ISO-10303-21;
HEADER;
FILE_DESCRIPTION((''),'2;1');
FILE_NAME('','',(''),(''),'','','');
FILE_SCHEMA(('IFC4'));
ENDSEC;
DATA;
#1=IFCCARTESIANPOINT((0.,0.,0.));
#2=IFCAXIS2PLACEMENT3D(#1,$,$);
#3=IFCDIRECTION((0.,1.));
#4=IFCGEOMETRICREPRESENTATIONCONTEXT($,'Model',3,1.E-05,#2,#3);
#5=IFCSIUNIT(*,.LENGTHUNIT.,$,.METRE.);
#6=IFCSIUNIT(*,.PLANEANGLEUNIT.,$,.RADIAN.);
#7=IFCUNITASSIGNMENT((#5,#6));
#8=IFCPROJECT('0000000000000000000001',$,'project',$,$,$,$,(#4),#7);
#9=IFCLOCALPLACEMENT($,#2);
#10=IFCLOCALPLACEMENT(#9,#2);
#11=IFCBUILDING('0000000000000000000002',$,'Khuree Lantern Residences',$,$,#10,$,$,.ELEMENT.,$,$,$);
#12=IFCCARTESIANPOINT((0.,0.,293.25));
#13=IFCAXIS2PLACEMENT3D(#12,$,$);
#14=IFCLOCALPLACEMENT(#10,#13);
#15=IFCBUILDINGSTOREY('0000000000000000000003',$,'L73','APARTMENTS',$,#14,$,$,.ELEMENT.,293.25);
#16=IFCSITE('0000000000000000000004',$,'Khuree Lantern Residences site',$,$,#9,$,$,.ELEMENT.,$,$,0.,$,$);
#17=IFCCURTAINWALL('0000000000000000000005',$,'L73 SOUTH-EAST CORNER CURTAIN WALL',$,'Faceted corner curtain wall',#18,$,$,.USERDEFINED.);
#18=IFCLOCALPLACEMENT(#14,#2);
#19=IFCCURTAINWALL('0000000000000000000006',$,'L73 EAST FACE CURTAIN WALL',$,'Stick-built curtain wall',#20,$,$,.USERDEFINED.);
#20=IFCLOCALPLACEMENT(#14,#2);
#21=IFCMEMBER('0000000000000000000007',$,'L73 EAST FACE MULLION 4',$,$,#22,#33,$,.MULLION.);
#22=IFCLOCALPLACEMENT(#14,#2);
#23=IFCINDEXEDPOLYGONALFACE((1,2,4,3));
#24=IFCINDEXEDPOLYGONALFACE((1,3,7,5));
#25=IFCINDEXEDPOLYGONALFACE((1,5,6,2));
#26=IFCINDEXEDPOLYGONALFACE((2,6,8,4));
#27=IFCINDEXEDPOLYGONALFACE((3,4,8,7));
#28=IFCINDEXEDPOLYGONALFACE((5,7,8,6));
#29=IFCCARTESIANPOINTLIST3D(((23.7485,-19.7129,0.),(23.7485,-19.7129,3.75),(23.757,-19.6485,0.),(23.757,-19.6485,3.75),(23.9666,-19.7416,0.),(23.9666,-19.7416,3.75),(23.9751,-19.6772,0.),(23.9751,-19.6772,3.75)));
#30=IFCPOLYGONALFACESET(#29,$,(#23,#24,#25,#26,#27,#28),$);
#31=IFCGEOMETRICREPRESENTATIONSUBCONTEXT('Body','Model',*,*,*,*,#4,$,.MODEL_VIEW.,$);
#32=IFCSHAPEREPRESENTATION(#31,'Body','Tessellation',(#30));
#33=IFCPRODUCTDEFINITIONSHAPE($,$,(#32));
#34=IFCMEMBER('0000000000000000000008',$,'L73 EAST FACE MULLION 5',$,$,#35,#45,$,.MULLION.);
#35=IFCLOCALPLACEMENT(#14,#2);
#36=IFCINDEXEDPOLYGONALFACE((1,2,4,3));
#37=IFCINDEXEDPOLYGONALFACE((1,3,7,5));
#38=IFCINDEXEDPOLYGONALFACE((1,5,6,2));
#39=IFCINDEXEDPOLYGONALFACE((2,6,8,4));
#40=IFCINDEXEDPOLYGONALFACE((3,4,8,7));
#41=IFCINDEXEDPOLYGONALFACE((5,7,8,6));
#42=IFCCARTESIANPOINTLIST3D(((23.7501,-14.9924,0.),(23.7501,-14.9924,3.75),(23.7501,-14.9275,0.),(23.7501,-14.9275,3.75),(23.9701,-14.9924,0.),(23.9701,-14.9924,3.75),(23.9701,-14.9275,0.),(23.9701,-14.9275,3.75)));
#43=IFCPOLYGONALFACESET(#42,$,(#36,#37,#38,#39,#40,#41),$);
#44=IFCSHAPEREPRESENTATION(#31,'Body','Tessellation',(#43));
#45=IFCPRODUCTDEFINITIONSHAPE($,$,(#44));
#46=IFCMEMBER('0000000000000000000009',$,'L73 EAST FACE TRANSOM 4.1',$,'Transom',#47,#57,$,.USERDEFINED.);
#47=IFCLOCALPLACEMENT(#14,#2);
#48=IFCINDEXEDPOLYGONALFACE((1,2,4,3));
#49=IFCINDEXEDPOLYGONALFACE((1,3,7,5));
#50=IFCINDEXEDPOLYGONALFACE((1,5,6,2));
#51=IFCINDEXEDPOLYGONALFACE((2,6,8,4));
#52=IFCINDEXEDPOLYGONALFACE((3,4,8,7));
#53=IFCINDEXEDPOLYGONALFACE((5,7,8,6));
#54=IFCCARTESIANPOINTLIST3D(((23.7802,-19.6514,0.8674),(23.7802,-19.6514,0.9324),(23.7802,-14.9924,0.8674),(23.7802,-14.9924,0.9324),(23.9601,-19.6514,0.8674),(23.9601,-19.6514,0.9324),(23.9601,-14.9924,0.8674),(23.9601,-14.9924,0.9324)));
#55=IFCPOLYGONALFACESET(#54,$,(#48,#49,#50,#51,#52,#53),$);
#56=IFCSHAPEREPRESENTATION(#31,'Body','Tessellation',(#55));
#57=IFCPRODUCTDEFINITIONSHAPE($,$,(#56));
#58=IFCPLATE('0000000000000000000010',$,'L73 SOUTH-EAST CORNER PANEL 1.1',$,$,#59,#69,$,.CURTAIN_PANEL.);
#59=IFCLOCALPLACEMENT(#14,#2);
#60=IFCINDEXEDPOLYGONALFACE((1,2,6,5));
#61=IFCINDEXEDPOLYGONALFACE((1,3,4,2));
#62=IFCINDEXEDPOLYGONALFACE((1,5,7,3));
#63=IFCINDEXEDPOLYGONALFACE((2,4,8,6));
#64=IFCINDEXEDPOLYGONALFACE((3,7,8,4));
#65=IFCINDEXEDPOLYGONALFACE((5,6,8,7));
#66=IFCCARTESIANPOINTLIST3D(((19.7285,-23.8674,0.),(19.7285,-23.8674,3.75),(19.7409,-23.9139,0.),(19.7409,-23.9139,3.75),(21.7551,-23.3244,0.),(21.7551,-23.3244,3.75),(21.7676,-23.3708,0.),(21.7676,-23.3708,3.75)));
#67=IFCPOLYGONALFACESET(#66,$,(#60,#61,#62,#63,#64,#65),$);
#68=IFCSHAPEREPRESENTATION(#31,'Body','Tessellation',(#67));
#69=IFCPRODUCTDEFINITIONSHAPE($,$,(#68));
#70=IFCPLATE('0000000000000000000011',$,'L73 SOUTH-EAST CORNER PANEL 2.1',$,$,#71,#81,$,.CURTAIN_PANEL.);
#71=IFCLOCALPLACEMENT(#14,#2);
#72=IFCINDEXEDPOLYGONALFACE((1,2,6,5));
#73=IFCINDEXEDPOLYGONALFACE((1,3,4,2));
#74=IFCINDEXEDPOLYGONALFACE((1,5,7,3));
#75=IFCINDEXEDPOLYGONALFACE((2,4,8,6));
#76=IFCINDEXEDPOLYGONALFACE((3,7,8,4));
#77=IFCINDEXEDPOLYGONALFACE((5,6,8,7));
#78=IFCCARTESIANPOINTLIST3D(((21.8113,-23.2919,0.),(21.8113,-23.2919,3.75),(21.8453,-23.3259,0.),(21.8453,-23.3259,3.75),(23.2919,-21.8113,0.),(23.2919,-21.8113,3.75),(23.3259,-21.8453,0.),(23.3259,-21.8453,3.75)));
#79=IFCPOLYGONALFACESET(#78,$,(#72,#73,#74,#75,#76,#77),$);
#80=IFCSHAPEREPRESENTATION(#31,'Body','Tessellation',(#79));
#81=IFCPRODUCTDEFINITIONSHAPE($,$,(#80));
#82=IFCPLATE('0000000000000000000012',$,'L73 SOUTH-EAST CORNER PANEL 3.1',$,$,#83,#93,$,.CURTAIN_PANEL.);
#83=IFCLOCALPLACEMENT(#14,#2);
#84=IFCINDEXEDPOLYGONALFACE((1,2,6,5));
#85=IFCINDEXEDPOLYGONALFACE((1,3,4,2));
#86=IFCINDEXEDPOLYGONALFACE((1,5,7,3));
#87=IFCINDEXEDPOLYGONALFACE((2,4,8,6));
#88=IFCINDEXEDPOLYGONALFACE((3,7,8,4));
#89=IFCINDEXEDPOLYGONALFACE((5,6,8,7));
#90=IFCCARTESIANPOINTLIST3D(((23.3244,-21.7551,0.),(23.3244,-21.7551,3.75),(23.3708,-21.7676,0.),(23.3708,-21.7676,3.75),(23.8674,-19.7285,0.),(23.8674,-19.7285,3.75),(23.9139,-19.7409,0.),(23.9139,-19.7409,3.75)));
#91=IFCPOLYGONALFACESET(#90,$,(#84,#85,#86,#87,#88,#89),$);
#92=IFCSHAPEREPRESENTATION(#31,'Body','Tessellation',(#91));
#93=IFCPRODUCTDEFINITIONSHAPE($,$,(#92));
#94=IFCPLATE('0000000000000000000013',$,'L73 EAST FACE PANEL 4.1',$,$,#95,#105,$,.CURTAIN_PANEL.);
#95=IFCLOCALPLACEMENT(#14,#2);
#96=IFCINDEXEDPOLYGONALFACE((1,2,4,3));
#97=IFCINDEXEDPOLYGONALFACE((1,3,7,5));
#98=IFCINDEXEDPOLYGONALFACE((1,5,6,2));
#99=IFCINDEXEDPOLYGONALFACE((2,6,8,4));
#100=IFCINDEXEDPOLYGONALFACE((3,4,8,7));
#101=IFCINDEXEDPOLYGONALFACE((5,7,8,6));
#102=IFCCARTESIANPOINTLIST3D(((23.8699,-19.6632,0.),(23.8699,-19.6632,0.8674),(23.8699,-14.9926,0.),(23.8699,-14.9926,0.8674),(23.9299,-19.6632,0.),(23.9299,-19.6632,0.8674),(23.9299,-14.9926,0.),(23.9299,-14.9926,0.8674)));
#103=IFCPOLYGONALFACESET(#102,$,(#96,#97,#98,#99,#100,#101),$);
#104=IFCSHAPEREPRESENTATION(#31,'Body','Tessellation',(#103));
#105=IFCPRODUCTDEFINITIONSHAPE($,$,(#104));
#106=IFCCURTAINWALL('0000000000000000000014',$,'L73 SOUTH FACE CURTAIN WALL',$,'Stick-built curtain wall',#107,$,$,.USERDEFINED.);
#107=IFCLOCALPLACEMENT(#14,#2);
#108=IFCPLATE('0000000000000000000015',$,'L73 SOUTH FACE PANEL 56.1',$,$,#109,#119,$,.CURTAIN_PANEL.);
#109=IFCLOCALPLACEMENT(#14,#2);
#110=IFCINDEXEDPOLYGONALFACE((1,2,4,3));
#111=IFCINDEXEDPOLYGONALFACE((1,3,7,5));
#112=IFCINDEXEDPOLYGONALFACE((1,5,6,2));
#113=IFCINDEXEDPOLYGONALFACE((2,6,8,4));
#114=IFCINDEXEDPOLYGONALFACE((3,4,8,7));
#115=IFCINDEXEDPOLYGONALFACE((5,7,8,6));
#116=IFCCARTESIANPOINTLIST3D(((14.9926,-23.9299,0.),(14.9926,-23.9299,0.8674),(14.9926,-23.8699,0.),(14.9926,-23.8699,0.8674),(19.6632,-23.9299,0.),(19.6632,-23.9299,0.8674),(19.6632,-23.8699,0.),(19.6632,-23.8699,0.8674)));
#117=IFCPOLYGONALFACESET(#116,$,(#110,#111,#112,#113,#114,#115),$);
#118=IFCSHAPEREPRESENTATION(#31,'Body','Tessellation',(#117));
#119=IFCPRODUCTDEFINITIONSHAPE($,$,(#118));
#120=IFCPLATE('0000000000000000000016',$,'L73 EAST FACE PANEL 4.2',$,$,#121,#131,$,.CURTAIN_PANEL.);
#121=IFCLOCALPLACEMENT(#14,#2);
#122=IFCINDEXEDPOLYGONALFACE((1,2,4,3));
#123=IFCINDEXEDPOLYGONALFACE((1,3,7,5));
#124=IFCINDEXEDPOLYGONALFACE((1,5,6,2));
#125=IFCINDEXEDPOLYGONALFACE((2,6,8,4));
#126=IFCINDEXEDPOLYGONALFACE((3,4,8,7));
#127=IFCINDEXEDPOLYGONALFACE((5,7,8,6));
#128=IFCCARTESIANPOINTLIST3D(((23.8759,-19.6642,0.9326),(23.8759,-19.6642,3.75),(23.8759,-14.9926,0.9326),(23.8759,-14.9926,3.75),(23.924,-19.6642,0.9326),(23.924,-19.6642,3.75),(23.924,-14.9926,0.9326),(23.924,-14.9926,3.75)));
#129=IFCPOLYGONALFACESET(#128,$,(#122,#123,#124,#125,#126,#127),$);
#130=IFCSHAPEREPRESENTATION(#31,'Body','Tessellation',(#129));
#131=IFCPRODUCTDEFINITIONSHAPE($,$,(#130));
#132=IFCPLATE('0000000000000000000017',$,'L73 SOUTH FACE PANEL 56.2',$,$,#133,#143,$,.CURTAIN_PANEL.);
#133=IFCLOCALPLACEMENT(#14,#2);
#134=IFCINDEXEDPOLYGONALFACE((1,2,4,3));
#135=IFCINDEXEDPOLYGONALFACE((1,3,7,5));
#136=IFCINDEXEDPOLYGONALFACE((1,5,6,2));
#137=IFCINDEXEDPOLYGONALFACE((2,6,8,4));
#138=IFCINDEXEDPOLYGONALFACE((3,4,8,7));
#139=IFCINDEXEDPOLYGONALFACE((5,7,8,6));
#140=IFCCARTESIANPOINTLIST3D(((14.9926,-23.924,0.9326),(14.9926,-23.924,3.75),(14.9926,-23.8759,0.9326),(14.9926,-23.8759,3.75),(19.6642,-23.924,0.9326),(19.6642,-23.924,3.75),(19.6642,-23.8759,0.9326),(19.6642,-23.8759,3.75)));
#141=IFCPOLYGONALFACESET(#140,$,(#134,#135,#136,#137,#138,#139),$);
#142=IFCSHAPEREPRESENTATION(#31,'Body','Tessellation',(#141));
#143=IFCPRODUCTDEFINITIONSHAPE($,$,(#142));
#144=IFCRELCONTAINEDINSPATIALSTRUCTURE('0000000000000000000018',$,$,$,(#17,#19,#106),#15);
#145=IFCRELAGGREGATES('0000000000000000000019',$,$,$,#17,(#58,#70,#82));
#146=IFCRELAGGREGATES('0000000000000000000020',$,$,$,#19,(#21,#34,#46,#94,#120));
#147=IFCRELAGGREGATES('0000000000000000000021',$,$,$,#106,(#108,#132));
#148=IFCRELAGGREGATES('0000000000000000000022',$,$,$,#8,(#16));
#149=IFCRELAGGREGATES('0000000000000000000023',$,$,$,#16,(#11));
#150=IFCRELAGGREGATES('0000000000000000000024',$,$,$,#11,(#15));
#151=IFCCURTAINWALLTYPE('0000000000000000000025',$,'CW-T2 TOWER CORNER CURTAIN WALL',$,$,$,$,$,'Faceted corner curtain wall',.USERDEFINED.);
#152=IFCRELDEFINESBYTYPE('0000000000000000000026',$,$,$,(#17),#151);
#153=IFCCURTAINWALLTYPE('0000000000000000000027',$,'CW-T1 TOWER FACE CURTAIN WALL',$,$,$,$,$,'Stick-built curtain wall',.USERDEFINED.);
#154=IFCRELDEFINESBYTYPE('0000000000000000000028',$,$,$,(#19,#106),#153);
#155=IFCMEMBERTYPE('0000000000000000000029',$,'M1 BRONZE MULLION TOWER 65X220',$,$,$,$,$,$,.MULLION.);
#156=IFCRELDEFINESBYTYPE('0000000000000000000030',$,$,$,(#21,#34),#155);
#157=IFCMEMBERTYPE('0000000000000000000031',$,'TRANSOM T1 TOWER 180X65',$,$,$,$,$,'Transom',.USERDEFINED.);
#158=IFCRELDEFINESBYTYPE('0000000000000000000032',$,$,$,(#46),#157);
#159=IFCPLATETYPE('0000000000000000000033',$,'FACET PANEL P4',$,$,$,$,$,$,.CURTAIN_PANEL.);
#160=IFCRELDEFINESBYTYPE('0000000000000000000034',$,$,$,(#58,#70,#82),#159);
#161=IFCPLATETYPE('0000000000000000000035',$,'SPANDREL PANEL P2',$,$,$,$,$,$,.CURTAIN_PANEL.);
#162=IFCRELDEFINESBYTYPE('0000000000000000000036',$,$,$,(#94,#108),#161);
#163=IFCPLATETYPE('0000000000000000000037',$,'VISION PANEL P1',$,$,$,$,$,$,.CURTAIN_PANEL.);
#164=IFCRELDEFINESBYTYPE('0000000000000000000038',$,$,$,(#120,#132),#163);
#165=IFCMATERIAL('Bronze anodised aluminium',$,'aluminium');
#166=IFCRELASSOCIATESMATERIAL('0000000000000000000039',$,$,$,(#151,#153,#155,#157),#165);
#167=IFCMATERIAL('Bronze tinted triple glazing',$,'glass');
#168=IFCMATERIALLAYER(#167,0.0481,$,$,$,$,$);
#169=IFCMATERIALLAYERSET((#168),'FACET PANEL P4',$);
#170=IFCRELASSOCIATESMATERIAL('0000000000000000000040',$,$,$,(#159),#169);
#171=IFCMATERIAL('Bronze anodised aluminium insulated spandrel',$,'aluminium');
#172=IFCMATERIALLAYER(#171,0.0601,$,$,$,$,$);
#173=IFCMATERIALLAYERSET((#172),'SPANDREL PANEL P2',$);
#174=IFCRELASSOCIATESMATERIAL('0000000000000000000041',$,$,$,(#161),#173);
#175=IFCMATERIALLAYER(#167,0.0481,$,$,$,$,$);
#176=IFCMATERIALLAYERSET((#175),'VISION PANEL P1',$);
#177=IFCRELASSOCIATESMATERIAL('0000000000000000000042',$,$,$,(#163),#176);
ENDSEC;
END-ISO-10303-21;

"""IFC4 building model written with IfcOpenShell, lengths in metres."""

from ifc_helpers import new_model, si_unit, direction, frame, origin, origin_2d, place, context, subcontext, project, spatial, rectangle, extrude, material, layer, layer_set, material_profile, profile_set, type_object, element, aggregate, save


model = new_model("IFC4")

# Units and contexts
model_context = context("Model", 3, precision=1e-05, world=origin(), true_north=direction((0.0, 1.0)))
body_context = subcontext(model_context, "Body", "Model", "MODEL_VIEW")
ifc_project = project(units=[si_unit("LENGTHUNIT", "METRE"), si_unit("PLANEANGLEUNIT", "RADIAN")], contexts=[model_context])

# Site, building, storey
site_placement = place(None, origin())
site = spatial("IfcSite", under=ifc_project, at=site_placement, Name="Khuree Lantern Residences site", CompositionType="ELEMENT", RefElevation=0.0)
building_placement = place(site_placement, origin())
building = spatial("IfcBuilding", under=site, at=building_placement, Name="Khuree Lantern Residences", CompositionType="ELEMENT")
storey_placement = place(building_placement, frame((0.0, 0.0, 293.25)))
storey = spatial("IfcBuildingStorey", under=building, at=storey_placement, Name="L73", Description="APARTMENTS", CompositionType="ELEMENT", Elevation=293.25)

# Curtain wall
ifc_material_1 = material(Name="Bronze anodised aluminium", Category="aluminium")
curtain_wall_type_1 = type_object("IfcCurtainWallType", Name="CW-T2 TOWER CORNER CURTAIN WALL", ElementType="Faceted corner curtain wall", PredefinedType="USERDEFINED", material=ifc_material_1)
curtain_wall_1_placement = place(storey_placement, origin())
curtain_wall_1 = element("IfcCurtainWall", 1, at=curtain_wall_1_placement, inside=storey, type_object=curtain_wall_type_1, Name="L73 SOUTH-EAST CORNER CURTAIN WALL", ObjectType="Faceted corner curtain wall", PredefinedType="USERDEFINED")

# Shared definitions
ifc_material_profile_1 = material_profile(ifc_material_1, rectangle(XDim=0.0649, YDim=0.22, at=origin_2d()), Name="M1 65X220")
ifc_profile_set_1 = profile_set([ifc_material_profile_1], Name="Bronze anodised aluminium")
member_type_1 = type_object("IfcMemberType", Name="M1 BRONZE MULLION TOWER 65X220", PredefinedType="MULLION", material=ifc_profile_set_1)

# Curtain wall, members
curtain_wall_type_2 = type_object("IfcCurtainWallType", Name="CW-T1 TOWER FACE CURTAIN WALL", ElementType="Stick-built curtain wall", PredefinedType="USERDEFINED", material=ifc_material_1)
curtain_wall_2_placement = place(storey_placement, origin())
curtain_wall_2 = element("IfcCurtainWall", 2, at=curtain_wall_2_placement, inside=storey, type_object=curtain_wall_type_2, Name="L73 EAST FACE CURTAIN WALL", ObjectType="Stick-built curtain wall", PredefinedType="USERDEFINED")
member_1_placement = place(storey_placement, frame((23.8618, -19.6951, 0.0), z_axis=(0.0, 0.0, 1.0), x_axis=(0.130526, 0.991445, 0.0)))
member_1 = element("IfcMember", 3, at=member_1_placement, type_object=member_type_1, Name="L73 EAST FACE MULLION 4", PredefinedType="MULLION", context=body_context, shape_type="SweptSolid", body=[
    extrude(rectangle(XDim=0.0649, YDim=0.22, at=origin_2d()), origin(), (0.0, 0.0, 1.0), 3.75),
])
member_2_placement = place(storey_placement, frame((23.8601, -14.96, 0.0), z_axis=(0.0, 0.0, 1.0), x_axis=(0.0, 1.0, 0.0)))
member_2 = element("IfcMember", 4, at=member_2_placement, type_object=member_type_1, Name="L73 EAST FACE MULLION 5", PredefinedType="MULLION", context=body_context, shape_type="SweptSolid", body=[
    extrude(rectangle(XDim=0.0649, YDim=0.22, at=origin_2d()), origin(), (0.0, 0.0, 1.0), 3.75),
])
ifc_material_profile_2 = material_profile(ifc_material_1, rectangle(XDim=0.1799, YDim=0.0649, at=origin_2d()), Name="T1 180X65")
ifc_profile_set_2 = profile_set([ifc_material_profile_2], Name="Bronze anodised aluminium")
member_type_2 = type_object("IfcMemberType", Name="TRANSOM T1 TOWER 180X65", ElementType="Transom", PredefinedType="USERDEFINED", material=ifc_profile_set_2)
member_3_placement = place(storey_placement, frame((23.8701, -19.6514, 0.8999), z_axis=(0.0, 1.0, 0.0), x_axis=(-1.0, 0.0, 0.0)))
member_3 = element("IfcMember", 5, at=member_3_placement, type_object=member_type_2, Name="L73 EAST FACE TRANSOM 4.1", ObjectType="Transom", PredefinedType="USERDEFINED", context=body_context, shape_type="SweptSolid", body=[
    extrude(rectangle(XDim=0.1799, YDim=0.0649, at=origin_2d()), origin(), (0.0, 0.0, 1.0), 4.6589),
])

# Plates
ifc_material_2 = material(Name="Bronze tinted triple glazing", Category="glass")
ifc_layer_1 = layer(ifc_material_2, 0.0481)
ifc_layer_set_1 = layer_set([ifc_layer_1], Name="FACET PANEL P4")
plate_type_1 = type_object("IfcPlateType", Name="FACET PANEL P4", PredefinedType="CURTAIN_PANEL", material=ifc_layer_set_1)
plate_1_placement = place(storey_placement, frame((20.748, -23.6191, 0.0), z_axis=(0.0, 0.0, 1.0), x_axis=(0.965926, 0.258819, 0.0)))
plate_1 = element("IfcPlate", 6, at=plate_1_placement, type_object=plate_type_1, Name="L73 SOUTH-EAST CORNER PANEL 1.1", PredefinedType="CURTAIN_PANEL", context=body_context, shape_type="SweptSolid", body=[
    extrude(rectangle(XDim=2.0981, YDim=0.0481, at=origin_2d()), origin(), (0.0, 0.0, 1.0), 3.75),
])
plate_2_placement = place(storey_placement, frame((22.5686, -22.5686, 0.0), z_axis=(0.0, 0.0, 1.0), x_axis=(0.707107, 0.707107, 0.0)))
plate_2 = element("IfcPlate", 7, at=plate_2_placement, type_object=plate_type_1, Name="L73 SOUTH-EAST CORNER PANEL 2.1", PredefinedType="CURTAIN_PANEL", context=body_context, shape_type="SweptSolid", body=[
    extrude(rectangle(XDim=2.094, YDim=0.0481, at=origin_2d()), origin(), (0.0, 0.0, 1.0), 3.75),
])
plate_3_placement = place(storey_placement, frame((23.6191, -20.748, 0.0), z_axis=(0.0, 0.0, 1.0), x_axis=(0.258819, 0.965926, 0.0)))
plate_3 = element("IfcPlate", 8, at=plate_3_placement, type_object=plate_type_1, Name="L73 SOUTH-EAST CORNER PANEL 3.1", PredefinedType="CURTAIN_PANEL", context=body_context, shape_type="SweptSolid", body=[
    extrude(rectangle(XDim=2.0981, YDim=0.0481, at=origin_2d()), origin(), (0.0, 0.0, 1.0), 3.75),
])
aggregate(curtain_wall_1, [plate_1, plate_2, plate_3])
ifc_material_3 = material(Name="Bronze anodised aluminium insulated spandrel", Category="aluminium")
ifc_layer_2 = layer(ifc_material_3, 0.0601)
ifc_layer_set_2 = layer_set([ifc_layer_2], Name="SPANDREL PANEL P2")
plate_type_2 = type_object("IfcPlateType", Name="SPANDREL PANEL P2", PredefinedType="CURTAIN_PANEL", material=ifc_layer_set_2)
plate_4_placement = place(storey_placement, frame((23.8999, -17.3279, 0.0), z_axis=(0.0, 0.0, 1.0), x_axis=(0.0, 1.0, 0.0)))
plate_4 = element("IfcPlate", 9, at=plate_4_placement, type_object=plate_type_2, Name="L73 EAST FACE PANEL 4.1", PredefinedType="CURTAIN_PANEL", context=body_context, shape_type="SweptSolid", body=[
    extrude(rectangle(XDim=4.6707, YDim=0.0601, at=origin_2d()), origin(), (0.0, 0.0, 1.0), 0.8674),
])

# Curtain wall, plate
curtain_wall_3_placement = place(storey_placement, origin())
curtain_wall_3 = element("IfcCurtainWall", 10, at=curtain_wall_3_placement, inside=storey, type_object=curtain_wall_type_2, Name="L73 SOUTH FACE CURTAIN WALL", ObjectType="Stick-built curtain wall", PredefinedType="USERDEFINED")
plate_5_placement = place(storey_placement, frame((17.3279, -23.8999, 0.0), z_axis=(0.0, 0.0, 1.0), x_axis=(1.0, 0.0, 0.0)))
plate_5 = element("IfcPlate", 11, at=plate_5_placement, type_object=plate_type_2, Name="L73 SOUTH FACE PANEL 56.1", PredefinedType="CURTAIN_PANEL", context=body_context, shape_type="SweptSolid", body=[
    extrude(rectangle(XDim=4.6707, YDim=0.0601, at=origin_2d()), origin(), (0.0, 0.0, 1.0), 0.8674),
])

# Plates
ifc_layer_3 = layer(ifc_material_2, 0.0481)
ifc_layer_set_3 = layer_set([ifc_layer_3], Name="VISION PANEL P1")
plate_type_3 = type_object("IfcPlateType", Name="VISION PANEL P1", PredefinedType="CURTAIN_PANEL", material=ifc_layer_set_3)
plate_6_placement = place(storey_placement, frame((23.8999, -17.3284, 0.9326), z_axis=(0.0, 0.0, 1.0), x_axis=(0.0, 1.0, 0.0)))
plate_6 = element("IfcPlate", 12, at=plate_6_placement, type_object=plate_type_3, Name="L73 EAST FACE PANEL 4.2", PredefinedType="CURTAIN_PANEL", context=body_context, shape_type="SweptSolid", body=[
    extrude(rectangle(XDim=4.6716, YDim=0.0481, at=origin_2d()), origin(), (0.0, 0.0, 1.0), 2.8174),
])
aggregate(curtain_wall_2, [member_1, member_2, member_3, plate_4, plate_6])
plate_7_placement = place(storey_placement, frame((17.3284, -23.8999, 0.9326), z_axis=(0.0, 0.0, 1.0), x_axis=(1.0, 0.0, 0.0)))
plate_7 = element("IfcPlate", 13, at=plate_7_placement, type_object=plate_type_3, Name="L73 SOUTH FACE PANEL 56.2", PredefinedType="CURTAIN_PANEL", context=body_context, shape_type="SweptSolid", body=[
    extrude(rectangle(XDim=4.6716, YDim=0.0481, at=origin_2d()), origin(), (0.0, 0.0, 1.0), 2.8174),
])
aggregate(curtain_wall_3, [plate_5, plate_7])

save(model, "model.ifc")
